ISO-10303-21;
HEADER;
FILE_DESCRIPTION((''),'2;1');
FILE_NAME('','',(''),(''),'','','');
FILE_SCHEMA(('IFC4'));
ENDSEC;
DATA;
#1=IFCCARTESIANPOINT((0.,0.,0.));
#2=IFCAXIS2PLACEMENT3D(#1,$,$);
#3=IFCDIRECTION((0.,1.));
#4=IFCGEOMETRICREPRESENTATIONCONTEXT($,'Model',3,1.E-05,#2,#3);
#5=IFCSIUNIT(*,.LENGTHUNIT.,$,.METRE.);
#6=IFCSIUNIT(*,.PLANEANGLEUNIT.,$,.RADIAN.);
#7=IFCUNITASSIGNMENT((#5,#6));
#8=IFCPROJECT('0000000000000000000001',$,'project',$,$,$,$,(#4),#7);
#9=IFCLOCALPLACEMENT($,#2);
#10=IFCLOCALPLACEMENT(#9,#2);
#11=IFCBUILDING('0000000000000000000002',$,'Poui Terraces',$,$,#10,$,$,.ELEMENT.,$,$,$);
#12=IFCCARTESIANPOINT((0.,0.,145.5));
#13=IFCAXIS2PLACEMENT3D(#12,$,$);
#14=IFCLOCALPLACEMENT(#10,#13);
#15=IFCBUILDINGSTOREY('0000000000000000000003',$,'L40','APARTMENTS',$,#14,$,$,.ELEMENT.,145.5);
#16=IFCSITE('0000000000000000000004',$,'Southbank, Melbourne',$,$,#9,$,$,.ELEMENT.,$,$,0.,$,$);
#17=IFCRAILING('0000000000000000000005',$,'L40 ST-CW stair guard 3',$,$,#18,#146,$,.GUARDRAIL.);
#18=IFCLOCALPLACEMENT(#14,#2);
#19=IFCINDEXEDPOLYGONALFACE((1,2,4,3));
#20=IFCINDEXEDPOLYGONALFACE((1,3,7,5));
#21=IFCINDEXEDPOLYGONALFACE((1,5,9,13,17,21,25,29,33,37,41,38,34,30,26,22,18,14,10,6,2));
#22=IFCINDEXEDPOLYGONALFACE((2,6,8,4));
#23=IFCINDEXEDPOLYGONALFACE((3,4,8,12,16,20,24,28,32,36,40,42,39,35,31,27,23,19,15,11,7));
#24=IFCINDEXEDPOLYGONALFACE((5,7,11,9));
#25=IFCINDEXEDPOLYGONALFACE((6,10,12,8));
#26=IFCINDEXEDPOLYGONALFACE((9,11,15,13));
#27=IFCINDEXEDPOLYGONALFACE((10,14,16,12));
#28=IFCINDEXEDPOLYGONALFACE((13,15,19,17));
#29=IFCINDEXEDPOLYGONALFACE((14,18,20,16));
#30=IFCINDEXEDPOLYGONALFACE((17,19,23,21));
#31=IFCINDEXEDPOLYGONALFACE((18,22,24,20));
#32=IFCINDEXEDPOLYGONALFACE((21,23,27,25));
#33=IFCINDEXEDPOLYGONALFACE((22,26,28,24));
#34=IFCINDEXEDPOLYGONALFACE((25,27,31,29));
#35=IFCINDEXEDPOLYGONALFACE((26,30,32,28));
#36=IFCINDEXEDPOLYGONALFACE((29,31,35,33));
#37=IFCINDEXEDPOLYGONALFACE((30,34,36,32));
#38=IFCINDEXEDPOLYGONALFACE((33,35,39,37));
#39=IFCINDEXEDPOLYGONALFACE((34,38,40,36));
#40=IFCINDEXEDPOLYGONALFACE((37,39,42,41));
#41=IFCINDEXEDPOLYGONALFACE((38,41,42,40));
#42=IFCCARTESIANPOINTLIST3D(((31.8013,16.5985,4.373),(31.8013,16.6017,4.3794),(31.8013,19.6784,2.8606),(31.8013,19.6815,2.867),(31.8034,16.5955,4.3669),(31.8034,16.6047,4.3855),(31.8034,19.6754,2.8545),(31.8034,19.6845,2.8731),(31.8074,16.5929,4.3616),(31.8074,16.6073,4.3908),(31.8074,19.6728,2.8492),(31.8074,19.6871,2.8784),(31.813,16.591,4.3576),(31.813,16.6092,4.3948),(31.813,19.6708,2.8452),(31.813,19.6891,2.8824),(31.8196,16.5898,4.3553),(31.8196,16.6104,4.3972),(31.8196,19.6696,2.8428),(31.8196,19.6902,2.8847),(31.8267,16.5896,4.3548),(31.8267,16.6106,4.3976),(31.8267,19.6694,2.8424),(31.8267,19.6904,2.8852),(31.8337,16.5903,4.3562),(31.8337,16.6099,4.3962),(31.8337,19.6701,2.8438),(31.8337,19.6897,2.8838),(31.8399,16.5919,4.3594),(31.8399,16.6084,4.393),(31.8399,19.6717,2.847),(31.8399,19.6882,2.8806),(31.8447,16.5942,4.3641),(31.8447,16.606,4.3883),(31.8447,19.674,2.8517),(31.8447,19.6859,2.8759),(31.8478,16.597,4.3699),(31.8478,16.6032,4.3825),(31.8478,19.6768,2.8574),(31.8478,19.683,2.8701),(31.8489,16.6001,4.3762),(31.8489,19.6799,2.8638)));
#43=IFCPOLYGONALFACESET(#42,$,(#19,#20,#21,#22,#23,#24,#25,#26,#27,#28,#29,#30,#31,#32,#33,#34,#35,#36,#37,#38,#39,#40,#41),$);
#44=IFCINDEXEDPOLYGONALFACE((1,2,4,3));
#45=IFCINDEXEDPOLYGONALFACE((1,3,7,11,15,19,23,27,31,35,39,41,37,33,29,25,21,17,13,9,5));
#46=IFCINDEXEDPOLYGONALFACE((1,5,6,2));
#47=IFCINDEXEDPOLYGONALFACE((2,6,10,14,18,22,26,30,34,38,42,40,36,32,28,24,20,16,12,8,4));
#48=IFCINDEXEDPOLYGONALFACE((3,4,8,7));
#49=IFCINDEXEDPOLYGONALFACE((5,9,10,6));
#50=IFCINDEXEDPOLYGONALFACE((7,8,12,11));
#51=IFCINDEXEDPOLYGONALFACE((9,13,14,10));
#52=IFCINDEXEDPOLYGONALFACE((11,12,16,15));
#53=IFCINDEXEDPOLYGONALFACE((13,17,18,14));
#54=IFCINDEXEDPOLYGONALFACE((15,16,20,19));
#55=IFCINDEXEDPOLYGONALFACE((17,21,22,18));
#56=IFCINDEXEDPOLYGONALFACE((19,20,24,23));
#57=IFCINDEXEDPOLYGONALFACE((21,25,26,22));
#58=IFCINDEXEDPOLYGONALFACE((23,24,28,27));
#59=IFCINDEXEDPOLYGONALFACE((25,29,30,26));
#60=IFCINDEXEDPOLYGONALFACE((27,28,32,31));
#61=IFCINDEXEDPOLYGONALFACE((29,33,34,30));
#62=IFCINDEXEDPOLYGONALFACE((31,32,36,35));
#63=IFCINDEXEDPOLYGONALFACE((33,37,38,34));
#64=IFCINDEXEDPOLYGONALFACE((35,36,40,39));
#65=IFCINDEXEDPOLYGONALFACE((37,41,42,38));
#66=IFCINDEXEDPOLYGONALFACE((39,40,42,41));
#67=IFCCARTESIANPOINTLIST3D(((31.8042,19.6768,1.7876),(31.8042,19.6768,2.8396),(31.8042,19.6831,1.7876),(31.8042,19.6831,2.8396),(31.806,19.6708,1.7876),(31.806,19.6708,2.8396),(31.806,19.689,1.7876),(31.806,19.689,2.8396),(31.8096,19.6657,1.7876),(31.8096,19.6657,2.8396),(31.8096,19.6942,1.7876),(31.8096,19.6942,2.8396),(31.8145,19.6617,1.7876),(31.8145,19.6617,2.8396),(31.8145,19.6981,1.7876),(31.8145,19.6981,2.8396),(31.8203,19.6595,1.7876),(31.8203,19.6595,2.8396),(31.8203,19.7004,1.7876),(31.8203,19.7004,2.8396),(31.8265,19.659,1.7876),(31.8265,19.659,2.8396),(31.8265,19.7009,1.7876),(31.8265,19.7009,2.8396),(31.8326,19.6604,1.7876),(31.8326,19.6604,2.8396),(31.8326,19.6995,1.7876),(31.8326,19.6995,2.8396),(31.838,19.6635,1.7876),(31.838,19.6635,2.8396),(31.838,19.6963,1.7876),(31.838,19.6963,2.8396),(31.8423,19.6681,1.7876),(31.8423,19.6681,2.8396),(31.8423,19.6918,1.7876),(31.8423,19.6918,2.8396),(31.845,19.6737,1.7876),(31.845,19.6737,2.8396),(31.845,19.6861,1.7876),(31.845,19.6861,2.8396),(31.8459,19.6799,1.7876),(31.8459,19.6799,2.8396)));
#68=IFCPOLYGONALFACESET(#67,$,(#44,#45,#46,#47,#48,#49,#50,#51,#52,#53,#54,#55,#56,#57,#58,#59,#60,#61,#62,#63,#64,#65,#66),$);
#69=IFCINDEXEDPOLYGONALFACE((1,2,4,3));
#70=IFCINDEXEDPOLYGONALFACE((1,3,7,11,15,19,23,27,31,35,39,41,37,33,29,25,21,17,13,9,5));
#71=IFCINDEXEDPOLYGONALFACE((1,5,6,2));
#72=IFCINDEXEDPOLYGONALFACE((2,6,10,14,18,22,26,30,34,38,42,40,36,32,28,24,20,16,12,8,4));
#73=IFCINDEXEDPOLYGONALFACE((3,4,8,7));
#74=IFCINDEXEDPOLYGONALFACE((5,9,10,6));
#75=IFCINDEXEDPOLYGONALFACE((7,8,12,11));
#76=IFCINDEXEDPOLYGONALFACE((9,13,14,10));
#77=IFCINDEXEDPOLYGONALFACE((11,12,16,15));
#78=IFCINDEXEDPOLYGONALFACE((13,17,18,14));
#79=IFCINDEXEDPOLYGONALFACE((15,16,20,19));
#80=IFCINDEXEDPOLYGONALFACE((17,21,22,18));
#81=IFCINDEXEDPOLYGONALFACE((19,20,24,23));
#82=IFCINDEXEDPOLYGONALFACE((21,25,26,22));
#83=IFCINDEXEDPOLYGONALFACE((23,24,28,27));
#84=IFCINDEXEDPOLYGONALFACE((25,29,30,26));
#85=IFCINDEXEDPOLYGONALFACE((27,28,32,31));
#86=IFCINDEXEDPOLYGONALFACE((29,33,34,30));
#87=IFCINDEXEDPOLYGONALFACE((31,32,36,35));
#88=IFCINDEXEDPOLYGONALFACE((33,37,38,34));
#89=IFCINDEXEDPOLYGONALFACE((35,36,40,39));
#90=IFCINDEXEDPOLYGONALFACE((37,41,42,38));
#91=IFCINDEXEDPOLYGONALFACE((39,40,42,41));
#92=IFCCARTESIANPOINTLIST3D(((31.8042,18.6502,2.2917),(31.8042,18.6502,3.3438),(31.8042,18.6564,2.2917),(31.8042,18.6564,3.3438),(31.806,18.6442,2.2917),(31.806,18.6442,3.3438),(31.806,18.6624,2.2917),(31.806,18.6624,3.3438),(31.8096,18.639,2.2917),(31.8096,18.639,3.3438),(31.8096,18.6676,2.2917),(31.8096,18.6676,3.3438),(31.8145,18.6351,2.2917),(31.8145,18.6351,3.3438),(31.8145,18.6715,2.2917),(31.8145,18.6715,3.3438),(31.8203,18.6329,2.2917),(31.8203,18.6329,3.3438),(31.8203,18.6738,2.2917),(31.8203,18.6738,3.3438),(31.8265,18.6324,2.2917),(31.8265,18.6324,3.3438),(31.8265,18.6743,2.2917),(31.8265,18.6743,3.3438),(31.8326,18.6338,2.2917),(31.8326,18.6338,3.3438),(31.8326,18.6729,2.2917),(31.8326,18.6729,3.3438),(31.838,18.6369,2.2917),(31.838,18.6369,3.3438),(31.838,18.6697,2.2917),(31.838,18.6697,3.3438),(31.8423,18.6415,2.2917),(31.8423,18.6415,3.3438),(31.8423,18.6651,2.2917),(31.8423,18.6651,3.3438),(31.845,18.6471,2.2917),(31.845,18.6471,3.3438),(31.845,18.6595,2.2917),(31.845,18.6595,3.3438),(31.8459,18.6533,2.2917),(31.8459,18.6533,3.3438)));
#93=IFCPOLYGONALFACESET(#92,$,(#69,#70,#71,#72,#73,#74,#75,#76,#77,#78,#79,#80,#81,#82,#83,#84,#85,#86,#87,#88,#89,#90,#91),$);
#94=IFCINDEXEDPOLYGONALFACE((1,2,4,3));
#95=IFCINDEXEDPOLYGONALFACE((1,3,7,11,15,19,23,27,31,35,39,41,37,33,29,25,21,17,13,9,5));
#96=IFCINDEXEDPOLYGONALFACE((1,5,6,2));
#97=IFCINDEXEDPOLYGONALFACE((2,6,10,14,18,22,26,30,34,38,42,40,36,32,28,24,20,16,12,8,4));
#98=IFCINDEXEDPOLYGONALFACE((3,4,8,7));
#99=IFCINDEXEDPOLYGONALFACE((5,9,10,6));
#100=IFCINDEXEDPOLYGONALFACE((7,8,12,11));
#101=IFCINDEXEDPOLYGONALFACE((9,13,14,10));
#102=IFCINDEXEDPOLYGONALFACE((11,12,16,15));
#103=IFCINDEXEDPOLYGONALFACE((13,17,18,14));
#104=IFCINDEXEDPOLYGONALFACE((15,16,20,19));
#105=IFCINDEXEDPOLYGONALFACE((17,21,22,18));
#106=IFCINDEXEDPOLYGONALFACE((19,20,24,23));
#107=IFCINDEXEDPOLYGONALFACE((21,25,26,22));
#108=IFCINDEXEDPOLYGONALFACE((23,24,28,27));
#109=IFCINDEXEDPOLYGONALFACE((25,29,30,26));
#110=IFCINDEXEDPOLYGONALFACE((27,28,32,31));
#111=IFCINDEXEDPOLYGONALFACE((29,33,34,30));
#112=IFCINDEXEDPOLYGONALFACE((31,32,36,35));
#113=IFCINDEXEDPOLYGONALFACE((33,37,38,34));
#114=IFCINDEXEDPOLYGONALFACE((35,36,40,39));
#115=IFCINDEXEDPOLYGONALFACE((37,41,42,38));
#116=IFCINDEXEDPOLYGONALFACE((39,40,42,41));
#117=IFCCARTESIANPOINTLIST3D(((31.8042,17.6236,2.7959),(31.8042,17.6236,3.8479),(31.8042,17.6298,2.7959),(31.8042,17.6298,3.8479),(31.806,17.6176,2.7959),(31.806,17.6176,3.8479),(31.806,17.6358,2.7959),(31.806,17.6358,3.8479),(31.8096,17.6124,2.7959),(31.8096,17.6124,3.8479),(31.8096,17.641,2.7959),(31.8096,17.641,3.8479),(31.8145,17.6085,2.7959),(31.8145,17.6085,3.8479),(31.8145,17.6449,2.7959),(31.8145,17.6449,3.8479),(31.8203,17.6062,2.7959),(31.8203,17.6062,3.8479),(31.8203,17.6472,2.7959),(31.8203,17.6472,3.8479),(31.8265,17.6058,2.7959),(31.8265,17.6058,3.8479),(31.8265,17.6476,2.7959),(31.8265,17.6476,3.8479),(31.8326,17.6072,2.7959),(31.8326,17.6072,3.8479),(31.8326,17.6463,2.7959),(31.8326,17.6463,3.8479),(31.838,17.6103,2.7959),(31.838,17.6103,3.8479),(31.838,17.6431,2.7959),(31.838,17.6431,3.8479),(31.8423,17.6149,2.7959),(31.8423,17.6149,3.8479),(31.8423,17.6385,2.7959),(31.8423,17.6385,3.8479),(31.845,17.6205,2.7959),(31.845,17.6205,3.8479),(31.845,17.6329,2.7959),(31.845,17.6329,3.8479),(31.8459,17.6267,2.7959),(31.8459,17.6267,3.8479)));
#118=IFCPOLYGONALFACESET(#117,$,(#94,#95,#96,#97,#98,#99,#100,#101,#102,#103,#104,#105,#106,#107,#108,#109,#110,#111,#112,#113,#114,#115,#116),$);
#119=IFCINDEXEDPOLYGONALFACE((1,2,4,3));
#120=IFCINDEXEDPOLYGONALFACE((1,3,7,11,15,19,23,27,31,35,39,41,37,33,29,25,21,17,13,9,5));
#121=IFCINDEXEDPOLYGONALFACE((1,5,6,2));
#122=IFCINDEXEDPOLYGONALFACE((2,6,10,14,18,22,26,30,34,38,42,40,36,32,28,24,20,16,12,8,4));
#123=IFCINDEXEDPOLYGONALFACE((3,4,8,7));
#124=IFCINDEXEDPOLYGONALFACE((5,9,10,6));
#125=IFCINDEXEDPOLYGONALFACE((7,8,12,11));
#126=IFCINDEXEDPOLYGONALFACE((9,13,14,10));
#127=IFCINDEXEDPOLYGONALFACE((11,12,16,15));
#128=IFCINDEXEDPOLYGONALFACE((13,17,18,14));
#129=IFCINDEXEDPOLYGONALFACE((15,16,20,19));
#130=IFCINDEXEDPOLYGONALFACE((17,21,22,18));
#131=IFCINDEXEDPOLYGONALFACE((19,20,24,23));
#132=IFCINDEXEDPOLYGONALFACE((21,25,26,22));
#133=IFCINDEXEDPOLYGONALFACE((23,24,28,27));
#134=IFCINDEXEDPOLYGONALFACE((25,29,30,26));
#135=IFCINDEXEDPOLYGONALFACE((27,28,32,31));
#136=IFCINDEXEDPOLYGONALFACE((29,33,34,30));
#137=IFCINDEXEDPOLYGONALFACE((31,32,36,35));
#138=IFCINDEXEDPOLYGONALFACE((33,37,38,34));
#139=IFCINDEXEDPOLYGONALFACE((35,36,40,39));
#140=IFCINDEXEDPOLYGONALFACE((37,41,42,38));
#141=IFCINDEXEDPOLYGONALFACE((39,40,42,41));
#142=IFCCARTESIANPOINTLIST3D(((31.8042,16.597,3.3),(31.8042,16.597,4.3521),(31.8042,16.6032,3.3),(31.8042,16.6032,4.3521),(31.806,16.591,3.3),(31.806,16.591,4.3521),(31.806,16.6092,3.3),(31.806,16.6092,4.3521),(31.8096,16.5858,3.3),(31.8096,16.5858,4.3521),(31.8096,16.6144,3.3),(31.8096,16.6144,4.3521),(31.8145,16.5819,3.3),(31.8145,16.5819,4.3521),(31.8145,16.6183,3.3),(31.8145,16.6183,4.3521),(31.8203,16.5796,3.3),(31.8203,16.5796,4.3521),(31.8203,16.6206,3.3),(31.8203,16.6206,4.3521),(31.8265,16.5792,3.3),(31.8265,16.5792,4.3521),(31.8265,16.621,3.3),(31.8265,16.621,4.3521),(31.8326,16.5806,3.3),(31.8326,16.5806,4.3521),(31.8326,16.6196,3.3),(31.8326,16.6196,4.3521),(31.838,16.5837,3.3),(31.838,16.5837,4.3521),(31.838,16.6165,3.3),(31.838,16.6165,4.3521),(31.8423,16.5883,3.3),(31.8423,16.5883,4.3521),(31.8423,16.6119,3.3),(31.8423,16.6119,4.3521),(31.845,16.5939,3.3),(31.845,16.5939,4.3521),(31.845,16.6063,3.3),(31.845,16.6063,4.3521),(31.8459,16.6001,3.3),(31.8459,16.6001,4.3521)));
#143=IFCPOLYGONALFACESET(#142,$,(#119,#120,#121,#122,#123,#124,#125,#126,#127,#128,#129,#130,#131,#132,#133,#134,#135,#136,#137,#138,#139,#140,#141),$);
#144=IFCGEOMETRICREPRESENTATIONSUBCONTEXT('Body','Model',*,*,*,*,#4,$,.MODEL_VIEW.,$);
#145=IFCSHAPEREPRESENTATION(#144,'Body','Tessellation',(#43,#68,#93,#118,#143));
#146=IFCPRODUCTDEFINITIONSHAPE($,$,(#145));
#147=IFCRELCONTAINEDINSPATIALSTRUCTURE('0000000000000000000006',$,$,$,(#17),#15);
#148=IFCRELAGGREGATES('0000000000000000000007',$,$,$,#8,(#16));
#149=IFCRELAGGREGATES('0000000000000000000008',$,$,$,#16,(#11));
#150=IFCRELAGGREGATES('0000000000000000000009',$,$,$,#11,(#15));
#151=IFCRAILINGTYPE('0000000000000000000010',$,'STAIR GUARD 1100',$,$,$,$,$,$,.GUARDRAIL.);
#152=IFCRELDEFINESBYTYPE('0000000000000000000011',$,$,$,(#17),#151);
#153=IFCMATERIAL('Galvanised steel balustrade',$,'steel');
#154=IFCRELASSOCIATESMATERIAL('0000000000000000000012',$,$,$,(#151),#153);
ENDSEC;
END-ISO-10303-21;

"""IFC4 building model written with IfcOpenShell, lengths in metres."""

from ifc_helpers import new_model, si_unit, direction, frame, origin, origin_2d, place, context, subcontext, project, spatial, circle, extrude, material, type_object, element, save


model = new_model("IFC4")

# Units and contexts
model_context = context("Model", 3, precision=1e-05, world=origin(), true_north=direction((0.0, 1.0)))
body_context = subcontext(model_context, "Body", "Model", "MODEL_VIEW")
ifc_project = project(units=[si_unit("LENGTHUNIT", "METRE"), si_unit("PLANEANGLEUNIT", "RADIAN")], contexts=[model_context])

# Site, building, storey
site_placement = place(None, origin())
site = spatial("IfcSite", under=ifc_project, at=site_placement, Name="Southbank, Melbourne", CompositionType="ELEMENT", RefElevation=0.0)
building_placement = place(site_placement, origin())
building = spatial("IfcBuilding", under=site, at=building_placement, Name="Poui Terraces", CompositionType="ELEMENT")
storey_placement = place(building_placement, frame((0.0, 0.0, 145.5)))
storey = spatial("IfcBuildingStorey", under=building, at=storey_placement, Name="L40", Description="APARTMENTS", CompositionType="ELEMENT", Elevation=145.5)

# Railing
ifc_material_1 = material(Name="Galvanised steel balustrade", Category="steel")
railing_type_1 = type_object("IfcRailingType", Name="STAIR GUARD 1100", PredefinedType="GUARDRAIL", material=ifc_material_1)
railing_1_placement = place(storey_placement, frame((31.825, 19.6799, 1.7876)))
element("IfcRailing", 1, at=railing_1_placement, inside=storey, type_object=railing_type_1, Name="L40 ST-CW stair guard 3", PredefinedType="GUARDRAIL", context=body_context, shape_type="SweptSolid", body=[
    extrude(circle(Radius=0.0239, at=origin_2d()), frame((0.0, 0.0, 1.0762), z_axis=(0.0, -0.897606, 0.440798), x_axis=(1.0, 0.0, 0.0)), (0.0, 0.0, 1.0), 3.4312),
    extrude(circle(Radius=0.021, at=origin_2d()), origin(), (0.0, 0.0, 1.0), 1.052),
    extrude(circle(Radius=0.021, at=origin_2d()), frame((0.0, -1.0266, 0.5042)), (0.0, 0.0, 1.0), 1.052),
    extrude(circle(Radius=0.021, at=origin_2d()), frame((0.0, -2.0532, 1.0083)), (0.0, 0.0, 1.0), 1.052),
    extrude(circle(Radius=0.021, at=origin_2d()), frame((0.0, -3.0798, 1.5125)), (0.0, 0.0, 1.0), 1.052),
])

save(model, "model.ifc")
